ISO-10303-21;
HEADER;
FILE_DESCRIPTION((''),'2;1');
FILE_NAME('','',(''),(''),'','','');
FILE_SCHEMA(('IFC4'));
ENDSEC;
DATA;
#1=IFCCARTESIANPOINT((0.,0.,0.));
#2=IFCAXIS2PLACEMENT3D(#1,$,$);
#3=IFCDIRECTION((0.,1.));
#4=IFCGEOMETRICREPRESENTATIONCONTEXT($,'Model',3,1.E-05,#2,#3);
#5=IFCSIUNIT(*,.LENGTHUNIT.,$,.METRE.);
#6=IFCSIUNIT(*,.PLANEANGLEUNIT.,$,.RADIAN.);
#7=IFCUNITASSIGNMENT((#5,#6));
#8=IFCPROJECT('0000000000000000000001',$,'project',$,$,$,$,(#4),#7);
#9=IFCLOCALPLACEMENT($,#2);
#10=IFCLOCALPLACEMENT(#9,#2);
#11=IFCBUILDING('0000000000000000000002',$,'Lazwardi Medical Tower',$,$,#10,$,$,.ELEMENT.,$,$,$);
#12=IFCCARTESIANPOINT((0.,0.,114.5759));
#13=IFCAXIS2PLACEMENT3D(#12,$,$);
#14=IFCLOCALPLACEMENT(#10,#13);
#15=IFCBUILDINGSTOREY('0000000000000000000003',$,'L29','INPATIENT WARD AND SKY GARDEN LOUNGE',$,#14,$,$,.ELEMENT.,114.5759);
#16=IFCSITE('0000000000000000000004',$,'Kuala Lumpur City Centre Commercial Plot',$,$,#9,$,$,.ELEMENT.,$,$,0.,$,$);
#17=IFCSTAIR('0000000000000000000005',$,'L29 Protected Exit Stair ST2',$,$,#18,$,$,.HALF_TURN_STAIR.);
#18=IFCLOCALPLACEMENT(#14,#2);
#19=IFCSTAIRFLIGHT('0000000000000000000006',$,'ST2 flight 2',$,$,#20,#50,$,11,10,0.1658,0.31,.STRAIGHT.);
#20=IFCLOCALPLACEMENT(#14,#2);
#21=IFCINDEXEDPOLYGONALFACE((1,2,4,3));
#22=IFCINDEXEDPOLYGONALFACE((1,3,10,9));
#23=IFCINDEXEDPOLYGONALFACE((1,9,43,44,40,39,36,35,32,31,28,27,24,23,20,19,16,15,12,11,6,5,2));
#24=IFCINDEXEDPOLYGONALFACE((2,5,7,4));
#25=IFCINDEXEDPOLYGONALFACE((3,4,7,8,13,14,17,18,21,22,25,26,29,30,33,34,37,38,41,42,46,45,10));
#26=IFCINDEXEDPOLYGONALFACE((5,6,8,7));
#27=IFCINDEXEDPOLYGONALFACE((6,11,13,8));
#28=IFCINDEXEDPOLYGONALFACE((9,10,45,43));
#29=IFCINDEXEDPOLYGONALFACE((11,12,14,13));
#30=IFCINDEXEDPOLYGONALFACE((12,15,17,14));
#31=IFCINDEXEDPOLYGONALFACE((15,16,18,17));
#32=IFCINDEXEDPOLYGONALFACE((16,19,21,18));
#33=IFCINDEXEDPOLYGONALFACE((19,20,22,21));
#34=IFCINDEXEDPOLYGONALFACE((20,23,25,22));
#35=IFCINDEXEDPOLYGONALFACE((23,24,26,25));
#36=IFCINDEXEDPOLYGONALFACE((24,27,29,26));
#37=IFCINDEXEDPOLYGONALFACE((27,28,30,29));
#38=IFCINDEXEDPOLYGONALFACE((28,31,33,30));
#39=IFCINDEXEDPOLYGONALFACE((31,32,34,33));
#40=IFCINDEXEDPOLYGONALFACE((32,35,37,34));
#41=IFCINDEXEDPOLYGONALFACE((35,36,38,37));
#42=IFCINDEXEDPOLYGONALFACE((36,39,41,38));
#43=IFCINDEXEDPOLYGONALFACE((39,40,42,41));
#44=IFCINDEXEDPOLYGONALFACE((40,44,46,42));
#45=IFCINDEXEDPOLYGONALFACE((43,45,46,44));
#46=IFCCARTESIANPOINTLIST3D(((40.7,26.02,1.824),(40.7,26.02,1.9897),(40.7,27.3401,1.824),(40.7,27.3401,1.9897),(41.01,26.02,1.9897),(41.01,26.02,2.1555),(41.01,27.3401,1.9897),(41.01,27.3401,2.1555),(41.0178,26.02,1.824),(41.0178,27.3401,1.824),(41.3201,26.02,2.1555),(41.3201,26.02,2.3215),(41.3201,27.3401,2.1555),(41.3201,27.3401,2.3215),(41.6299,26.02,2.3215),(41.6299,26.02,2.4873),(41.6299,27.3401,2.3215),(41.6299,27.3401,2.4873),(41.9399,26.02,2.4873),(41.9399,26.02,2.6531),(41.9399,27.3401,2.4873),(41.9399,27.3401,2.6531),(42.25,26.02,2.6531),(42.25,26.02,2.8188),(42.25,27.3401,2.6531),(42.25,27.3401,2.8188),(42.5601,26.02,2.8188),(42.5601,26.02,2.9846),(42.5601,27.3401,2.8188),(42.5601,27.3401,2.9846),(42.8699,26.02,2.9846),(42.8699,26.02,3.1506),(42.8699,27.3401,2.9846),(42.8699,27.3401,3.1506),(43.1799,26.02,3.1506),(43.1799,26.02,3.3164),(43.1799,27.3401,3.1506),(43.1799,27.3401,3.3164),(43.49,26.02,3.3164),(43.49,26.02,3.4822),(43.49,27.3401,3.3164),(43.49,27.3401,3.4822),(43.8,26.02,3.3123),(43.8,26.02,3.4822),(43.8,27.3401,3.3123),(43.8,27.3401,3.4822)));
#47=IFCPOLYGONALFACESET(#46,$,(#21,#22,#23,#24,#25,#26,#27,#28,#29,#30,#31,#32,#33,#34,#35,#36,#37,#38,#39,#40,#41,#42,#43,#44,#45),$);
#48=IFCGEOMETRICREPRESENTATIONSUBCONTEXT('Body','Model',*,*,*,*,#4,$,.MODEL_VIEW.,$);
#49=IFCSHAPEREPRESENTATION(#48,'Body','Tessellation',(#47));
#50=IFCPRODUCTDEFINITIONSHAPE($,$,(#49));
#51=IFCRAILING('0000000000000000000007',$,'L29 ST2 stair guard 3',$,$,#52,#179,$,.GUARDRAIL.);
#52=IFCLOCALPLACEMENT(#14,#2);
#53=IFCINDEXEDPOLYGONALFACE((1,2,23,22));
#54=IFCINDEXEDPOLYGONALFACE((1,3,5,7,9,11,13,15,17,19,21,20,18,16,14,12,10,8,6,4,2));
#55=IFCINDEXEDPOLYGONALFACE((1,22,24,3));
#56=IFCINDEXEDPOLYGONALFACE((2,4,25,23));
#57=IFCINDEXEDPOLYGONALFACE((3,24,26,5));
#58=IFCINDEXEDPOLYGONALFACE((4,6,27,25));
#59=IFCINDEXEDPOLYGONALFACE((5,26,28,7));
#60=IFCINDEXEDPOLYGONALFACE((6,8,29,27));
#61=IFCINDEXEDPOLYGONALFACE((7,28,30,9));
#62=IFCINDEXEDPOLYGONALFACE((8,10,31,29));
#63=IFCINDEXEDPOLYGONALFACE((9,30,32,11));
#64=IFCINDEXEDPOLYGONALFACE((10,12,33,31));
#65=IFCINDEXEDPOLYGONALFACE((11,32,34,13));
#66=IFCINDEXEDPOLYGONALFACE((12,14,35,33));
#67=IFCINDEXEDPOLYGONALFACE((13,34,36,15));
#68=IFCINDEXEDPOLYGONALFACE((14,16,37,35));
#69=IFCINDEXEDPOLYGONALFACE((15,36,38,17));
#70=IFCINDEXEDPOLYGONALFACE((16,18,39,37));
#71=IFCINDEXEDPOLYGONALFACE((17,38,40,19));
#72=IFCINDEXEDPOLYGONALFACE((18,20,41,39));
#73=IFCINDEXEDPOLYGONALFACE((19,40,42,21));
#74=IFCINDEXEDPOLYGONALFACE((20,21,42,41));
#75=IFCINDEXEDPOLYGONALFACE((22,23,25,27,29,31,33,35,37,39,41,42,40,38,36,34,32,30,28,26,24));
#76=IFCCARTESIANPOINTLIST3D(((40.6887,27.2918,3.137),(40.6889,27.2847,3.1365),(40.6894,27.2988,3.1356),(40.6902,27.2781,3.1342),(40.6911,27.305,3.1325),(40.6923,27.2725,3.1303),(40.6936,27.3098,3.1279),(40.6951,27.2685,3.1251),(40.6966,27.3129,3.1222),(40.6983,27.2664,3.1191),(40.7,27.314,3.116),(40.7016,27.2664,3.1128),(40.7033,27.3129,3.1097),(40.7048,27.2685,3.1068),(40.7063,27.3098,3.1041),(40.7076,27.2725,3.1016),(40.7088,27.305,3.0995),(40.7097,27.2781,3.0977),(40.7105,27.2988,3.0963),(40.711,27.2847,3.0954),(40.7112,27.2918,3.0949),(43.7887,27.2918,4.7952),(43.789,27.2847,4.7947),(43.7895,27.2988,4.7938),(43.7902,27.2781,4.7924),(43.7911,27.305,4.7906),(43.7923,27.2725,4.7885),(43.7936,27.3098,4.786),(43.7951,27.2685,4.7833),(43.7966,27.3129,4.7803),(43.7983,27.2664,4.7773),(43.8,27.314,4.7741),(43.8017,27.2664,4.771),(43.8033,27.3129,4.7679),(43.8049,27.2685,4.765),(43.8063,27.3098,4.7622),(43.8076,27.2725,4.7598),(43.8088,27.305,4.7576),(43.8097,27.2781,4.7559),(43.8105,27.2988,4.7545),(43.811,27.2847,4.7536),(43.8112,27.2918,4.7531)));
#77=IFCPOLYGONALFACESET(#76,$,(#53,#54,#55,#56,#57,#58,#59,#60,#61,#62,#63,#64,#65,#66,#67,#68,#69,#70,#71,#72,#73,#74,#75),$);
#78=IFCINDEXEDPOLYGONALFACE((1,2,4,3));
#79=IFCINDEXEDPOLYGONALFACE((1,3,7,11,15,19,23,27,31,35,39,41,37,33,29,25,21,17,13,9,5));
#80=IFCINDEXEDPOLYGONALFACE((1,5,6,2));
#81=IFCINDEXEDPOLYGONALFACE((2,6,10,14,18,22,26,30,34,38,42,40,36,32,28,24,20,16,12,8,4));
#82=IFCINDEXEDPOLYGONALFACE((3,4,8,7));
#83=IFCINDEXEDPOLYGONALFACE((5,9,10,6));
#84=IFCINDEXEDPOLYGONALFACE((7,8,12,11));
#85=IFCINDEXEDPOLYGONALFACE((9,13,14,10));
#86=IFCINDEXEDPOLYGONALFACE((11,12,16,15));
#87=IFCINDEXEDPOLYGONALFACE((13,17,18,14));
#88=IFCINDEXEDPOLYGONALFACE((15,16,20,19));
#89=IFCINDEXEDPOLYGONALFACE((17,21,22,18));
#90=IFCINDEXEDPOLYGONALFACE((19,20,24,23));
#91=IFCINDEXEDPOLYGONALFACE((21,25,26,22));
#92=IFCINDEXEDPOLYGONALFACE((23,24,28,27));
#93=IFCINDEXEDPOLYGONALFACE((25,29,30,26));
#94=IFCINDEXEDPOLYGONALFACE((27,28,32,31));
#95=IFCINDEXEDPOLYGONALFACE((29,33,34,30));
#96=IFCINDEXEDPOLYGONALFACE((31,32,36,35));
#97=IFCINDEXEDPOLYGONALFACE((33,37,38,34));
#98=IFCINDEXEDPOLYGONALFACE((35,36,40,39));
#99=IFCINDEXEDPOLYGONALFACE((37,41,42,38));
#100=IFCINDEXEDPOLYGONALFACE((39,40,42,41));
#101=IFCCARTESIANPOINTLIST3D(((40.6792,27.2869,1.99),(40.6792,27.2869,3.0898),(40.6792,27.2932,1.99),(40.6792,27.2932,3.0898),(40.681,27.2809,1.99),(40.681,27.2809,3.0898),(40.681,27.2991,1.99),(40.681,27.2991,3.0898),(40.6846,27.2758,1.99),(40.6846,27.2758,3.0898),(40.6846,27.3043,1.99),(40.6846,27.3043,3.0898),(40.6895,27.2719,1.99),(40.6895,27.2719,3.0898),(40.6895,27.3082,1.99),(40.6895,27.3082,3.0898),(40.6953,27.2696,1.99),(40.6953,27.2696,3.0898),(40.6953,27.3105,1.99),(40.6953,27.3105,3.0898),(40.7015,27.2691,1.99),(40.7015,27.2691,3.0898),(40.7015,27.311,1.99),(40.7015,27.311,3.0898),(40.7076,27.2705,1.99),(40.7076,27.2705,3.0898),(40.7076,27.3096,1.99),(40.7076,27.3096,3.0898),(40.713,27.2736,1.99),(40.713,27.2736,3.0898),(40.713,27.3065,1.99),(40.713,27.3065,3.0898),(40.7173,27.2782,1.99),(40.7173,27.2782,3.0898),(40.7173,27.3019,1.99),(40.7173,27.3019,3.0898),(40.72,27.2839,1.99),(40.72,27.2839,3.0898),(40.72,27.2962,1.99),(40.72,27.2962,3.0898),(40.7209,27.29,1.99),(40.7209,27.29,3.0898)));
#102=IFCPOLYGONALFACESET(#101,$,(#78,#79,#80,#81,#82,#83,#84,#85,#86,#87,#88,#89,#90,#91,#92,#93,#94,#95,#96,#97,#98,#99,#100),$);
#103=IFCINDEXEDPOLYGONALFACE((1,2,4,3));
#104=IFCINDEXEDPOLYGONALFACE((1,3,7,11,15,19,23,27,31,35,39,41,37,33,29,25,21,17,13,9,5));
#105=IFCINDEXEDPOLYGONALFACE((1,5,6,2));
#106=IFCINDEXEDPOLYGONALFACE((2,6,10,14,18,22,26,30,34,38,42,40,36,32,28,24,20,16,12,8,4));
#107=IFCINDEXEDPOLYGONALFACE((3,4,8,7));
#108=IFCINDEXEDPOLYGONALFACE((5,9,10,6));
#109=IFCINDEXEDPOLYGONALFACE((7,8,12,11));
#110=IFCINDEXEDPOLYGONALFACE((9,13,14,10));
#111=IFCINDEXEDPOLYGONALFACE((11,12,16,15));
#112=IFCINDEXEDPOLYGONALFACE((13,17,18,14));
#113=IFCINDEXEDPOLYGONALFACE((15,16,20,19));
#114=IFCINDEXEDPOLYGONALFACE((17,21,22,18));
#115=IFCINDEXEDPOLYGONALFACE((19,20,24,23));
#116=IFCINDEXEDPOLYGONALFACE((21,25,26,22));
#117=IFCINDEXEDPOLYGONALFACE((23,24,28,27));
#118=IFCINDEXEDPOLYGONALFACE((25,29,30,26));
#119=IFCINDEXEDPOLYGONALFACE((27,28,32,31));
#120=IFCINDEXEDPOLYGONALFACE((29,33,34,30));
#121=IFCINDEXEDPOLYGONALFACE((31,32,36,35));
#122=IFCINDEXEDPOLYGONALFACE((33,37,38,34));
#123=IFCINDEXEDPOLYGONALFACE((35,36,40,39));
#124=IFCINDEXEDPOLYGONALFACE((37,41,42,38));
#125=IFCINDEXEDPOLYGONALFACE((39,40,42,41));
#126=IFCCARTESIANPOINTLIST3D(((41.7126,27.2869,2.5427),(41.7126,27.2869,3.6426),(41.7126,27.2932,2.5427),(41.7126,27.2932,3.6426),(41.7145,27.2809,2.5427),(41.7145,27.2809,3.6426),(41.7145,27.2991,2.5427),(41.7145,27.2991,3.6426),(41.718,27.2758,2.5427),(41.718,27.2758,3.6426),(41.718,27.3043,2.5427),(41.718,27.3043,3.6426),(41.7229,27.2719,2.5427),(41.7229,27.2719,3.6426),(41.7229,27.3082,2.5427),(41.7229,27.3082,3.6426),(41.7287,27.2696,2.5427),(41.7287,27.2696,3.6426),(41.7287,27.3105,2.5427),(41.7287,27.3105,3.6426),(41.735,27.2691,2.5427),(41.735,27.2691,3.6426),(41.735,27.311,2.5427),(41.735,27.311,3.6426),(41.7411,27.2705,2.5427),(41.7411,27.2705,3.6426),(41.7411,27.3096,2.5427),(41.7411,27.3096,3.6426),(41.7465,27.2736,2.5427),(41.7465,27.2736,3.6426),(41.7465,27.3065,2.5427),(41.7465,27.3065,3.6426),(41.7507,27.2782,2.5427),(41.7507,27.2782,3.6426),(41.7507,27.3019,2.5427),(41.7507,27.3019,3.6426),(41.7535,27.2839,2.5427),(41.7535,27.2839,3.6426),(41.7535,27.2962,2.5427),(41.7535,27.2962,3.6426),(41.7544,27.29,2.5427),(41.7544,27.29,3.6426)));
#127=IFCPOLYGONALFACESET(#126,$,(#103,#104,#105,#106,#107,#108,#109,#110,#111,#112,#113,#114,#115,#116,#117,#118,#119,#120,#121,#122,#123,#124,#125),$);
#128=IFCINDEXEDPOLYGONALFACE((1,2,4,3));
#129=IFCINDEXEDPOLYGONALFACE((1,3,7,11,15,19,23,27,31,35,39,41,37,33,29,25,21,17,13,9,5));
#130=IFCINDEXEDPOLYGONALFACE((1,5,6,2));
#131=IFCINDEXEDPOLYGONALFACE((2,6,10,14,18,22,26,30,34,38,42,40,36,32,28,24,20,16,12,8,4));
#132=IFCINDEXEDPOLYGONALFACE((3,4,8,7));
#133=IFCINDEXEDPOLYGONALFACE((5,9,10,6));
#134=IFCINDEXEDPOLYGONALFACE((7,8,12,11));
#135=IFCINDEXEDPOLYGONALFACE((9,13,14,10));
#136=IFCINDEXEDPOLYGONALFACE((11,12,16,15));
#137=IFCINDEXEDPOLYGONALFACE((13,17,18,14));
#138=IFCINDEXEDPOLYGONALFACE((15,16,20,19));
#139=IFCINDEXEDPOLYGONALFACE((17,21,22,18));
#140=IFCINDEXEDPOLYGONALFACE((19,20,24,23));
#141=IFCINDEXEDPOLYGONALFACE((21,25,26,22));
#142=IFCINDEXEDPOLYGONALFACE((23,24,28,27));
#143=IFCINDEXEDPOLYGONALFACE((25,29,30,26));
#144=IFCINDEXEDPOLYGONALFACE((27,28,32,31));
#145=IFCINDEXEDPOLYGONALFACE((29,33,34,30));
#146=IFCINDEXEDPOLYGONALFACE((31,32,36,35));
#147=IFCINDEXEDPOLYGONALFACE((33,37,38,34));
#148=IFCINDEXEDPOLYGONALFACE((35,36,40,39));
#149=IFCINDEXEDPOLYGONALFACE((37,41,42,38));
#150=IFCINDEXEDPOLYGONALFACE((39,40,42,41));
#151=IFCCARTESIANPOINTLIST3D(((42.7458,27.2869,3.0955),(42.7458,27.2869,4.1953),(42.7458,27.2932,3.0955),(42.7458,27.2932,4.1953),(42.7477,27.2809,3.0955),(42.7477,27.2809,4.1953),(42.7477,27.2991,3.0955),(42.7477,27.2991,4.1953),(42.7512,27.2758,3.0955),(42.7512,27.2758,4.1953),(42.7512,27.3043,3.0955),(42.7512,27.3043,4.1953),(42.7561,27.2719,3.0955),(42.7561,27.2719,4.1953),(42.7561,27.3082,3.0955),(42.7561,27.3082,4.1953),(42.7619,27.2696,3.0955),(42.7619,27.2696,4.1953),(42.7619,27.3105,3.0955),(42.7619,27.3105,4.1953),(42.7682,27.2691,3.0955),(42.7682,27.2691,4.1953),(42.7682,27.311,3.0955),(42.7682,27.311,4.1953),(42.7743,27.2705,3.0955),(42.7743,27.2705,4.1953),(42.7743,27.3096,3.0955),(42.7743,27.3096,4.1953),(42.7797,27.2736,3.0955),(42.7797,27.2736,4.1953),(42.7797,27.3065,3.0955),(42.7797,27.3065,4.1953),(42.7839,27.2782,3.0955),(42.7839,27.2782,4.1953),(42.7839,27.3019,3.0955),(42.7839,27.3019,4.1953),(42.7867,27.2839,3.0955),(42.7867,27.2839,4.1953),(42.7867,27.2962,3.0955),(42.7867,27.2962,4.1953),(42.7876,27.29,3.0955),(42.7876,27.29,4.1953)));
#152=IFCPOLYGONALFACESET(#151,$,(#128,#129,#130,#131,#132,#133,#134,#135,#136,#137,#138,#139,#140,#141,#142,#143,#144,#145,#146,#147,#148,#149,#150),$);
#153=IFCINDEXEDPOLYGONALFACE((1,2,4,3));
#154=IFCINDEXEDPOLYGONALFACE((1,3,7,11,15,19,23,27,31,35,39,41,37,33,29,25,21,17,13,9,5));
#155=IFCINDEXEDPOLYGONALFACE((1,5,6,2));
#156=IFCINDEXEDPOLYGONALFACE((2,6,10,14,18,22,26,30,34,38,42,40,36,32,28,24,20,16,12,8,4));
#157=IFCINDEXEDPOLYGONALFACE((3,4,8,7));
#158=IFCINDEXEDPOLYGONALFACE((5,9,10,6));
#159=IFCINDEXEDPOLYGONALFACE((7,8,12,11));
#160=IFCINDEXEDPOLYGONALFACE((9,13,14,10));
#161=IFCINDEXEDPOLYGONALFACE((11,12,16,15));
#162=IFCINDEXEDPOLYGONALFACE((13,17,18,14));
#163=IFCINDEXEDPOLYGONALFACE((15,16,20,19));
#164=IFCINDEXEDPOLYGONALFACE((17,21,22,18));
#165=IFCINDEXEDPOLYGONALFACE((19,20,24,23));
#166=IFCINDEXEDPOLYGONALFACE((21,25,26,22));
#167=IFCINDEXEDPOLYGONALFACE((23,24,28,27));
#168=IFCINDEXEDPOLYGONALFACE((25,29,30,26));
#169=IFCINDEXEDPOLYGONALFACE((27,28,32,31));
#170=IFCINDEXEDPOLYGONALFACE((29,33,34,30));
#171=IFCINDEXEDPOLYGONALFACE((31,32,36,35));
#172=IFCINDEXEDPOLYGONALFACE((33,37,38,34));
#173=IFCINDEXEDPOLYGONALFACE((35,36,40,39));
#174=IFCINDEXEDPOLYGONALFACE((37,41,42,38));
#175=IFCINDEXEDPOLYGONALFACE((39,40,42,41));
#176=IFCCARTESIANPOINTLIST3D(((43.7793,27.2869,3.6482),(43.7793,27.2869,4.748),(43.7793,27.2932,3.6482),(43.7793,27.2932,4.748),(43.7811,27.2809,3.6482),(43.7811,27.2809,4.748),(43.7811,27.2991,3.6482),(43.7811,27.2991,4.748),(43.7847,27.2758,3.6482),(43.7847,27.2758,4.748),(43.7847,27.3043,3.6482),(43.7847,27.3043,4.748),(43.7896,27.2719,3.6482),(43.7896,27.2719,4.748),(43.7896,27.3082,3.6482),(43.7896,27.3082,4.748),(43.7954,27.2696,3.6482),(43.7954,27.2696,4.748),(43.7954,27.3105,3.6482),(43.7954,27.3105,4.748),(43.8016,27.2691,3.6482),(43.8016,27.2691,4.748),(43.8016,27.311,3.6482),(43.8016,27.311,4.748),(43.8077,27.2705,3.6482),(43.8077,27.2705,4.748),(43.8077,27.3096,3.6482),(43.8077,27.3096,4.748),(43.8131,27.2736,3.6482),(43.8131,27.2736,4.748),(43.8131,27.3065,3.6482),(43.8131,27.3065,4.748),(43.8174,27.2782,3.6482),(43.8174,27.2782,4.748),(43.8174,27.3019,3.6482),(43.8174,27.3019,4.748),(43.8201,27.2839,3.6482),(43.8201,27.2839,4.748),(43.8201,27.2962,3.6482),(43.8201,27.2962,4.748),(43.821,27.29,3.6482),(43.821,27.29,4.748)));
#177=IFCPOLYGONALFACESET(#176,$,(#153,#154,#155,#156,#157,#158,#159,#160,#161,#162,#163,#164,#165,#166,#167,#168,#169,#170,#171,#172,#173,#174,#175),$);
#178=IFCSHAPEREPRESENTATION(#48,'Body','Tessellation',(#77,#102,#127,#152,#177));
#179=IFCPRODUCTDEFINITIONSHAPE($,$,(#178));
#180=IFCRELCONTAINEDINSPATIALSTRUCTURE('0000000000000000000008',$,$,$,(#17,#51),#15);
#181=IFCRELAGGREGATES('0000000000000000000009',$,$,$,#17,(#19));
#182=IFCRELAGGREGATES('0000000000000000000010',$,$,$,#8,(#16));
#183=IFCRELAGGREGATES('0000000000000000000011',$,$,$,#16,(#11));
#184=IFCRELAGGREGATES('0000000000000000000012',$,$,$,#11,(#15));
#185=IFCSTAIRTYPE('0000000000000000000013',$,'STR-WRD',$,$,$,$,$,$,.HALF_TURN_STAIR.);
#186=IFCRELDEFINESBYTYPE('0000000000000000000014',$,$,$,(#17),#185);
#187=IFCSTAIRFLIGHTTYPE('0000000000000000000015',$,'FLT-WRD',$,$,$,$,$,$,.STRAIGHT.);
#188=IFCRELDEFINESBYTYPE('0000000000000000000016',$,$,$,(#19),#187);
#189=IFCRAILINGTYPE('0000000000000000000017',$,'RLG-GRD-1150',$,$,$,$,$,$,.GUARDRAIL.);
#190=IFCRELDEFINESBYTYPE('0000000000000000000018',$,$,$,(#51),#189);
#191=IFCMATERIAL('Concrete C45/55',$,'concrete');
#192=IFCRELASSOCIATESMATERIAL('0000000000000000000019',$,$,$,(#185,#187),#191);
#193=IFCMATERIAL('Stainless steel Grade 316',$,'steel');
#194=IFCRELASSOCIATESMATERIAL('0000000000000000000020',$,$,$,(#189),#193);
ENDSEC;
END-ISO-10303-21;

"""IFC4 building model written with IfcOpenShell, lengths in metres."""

from ifc_helpers import new_model, si_unit, direction, frame, origin, origin_2d, place, context, subcontext, project, spatial, polyline, circle, outline, extrude, material, type_object, element, aggregate, save


model = new_model("IFC4")

# Units and contexts
model_context = context("Model", 3, precision=1e-05, world=origin(), true_north=direction((0.0, 1.0)))
body_context = subcontext(model_context, "Body", "Model", "MODEL_VIEW")
ifc_project = project(units=[si_unit("LENGTHUNIT", "METRE"), si_unit("PLANEANGLEUNIT", "RADIAN")], contexts=[model_context])

# Site, building, storey
site_placement = place(None, origin())
site = spatial("IfcSite", under=ifc_project, at=site_placement, Name="Kuala Lumpur City Centre Commercial Plot", CompositionType="ELEMENT", RefElevation=0.0)
building_placement = place(site_placement, origin())
building = spatial("IfcBuilding", under=site, at=building_placement, Name="Lazwardi Medical Tower", CompositionType="ELEMENT")
storey_placement = place(building_placement, frame((0.0, 0.0, 114.5759)))
storey = spatial("IfcBuildingStorey", under=building, at=storey_placement, Name="L29", Description="INPATIENT WARD AND SKY GARDEN LOUNGE", CompositionType="ELEMENT", Elevation=114.5759)

# Stair, stair flight
ifc_material_1 = material(Name="Concrete C45/55", Category="concrete")
stair_type = type_object("IfcStairType", Name="STR-WRD", PredefinedType="HALF_TURN_STAIR", material=ifc_material_1)
stair_placement = place(storey_placement, origin())
stair = element("IfcStair", 1, at=stair_placement, inside=storey, type_object=stair_type, Name="L29 Protected Exit Stair ST2", PredefinedType="HALF_TURN_STAIR")
stair_flight_type = type_object("IfcStairFlightType", Name="FLT-WRD", PredefinedType="STRAIGHT", material=ifc_material_1)
stair_flight_placement = place(storey_placement, frame((40.7, 26.6799, 1.824), z_axis=(0.0, 0.0, 1.0), x_axis=(1.0, 0.0, 0.0)))
stair_flight = element("IfcStairFlight", 2, at=stair_flight_placement, type_object=stair_flight_type, Name="ST2 flight 2", NumberOfRisers=11, NumberOfTreads=10, PredefinedType="STRAIGHT", RiserHeight=0.1658, TreadLength=0.31, context=body_context, shape_type="SweptSolid", body=[
    extrude(outline(polyline([(0.0, 0.0), (0.0, 0.1658), (0.3101, 0.1658), (0.3101, 0.3315), (0.6201, 0.3315), (0.6201, 0.4976), (0.9299, 0.4976), (0.9299, 0.6633), (1.24, 0.6633), (1.24, 0.8291), (1.55, 0.8291), (1.55, 0.9949), (1.8601, 0.9949), (1.8601, 1.1606), (2.1699, 1.1606), (2.1699, 1.3267), (2.48, 1.3267), (2.48, 1.4924), (2.79, 1.4924), (2.79, 1.6582), (3.1001, 1.6582), (3.1001, 1.824), (3.1001, 1.4883), (0.3179, 0.0), (0.0, 0.0)])), frame((0.0, 0.6602, 0.0), z_axis=(0.0, -1.0, 0.0), x_axis=(1.0, 0.0, 0.0)), (0.0, 0.0, 1.0), 1.3201),
])
aggregate(stair, [stair_flight])

# Railing
ifc_material_2 = material(Name="Stainless steel Grade 316", Category="steel")
railing_type_1 = type_object("IfcRailingType", Name="RLG-GRD-1150", PredefinedType="GUARDRAIL", material=ifc_material_2)
railing_1_placement = place(storey_placement, frame((40.7, 27.29, 1.99)))
element("IfcRailing", 3, at=railing_1_placement, inside=storey, type_object=railing_type_1, Name="L29 ST2 stair guard 3", PredefinedType="GUARDRAIL", context=body_context, shape_type="SweptSolid", body=[
    extrude(circle(Radius=0.0239, at=origin_2d()), frame((0.0, 0.0, 1.126), z_axis=(0.881783, 0.0, 0.471655), x_axis=(0.0, 1.0, 0.0)), (0.0, 0.0, 1.0), 3.5156),
    extrude(circle(Radius=0.021, at=origin_2d()), origin(), (0.0, 0.0, 1.0), 1.0999),
    extrude(circle(Radius=0.021, at=origin_2d()), frame((1.0334, 0.0, 0.5527)), (0.0, 0.0, 1.0), 1.0999),
    extrude(circle(Radius=0.021, at=origin_2d()), frame((2.0667, 0.0, 1.1055)), (0.0, 0.0, 1.0), 1.0999),
    extrude(circle(Radius=0.021, at=origin_2d()), frame((3.1001, 0.0, 1.6582)), (0.0, 0.0, 1.0), 1.0999),
])

save(model, "model.ifc")
